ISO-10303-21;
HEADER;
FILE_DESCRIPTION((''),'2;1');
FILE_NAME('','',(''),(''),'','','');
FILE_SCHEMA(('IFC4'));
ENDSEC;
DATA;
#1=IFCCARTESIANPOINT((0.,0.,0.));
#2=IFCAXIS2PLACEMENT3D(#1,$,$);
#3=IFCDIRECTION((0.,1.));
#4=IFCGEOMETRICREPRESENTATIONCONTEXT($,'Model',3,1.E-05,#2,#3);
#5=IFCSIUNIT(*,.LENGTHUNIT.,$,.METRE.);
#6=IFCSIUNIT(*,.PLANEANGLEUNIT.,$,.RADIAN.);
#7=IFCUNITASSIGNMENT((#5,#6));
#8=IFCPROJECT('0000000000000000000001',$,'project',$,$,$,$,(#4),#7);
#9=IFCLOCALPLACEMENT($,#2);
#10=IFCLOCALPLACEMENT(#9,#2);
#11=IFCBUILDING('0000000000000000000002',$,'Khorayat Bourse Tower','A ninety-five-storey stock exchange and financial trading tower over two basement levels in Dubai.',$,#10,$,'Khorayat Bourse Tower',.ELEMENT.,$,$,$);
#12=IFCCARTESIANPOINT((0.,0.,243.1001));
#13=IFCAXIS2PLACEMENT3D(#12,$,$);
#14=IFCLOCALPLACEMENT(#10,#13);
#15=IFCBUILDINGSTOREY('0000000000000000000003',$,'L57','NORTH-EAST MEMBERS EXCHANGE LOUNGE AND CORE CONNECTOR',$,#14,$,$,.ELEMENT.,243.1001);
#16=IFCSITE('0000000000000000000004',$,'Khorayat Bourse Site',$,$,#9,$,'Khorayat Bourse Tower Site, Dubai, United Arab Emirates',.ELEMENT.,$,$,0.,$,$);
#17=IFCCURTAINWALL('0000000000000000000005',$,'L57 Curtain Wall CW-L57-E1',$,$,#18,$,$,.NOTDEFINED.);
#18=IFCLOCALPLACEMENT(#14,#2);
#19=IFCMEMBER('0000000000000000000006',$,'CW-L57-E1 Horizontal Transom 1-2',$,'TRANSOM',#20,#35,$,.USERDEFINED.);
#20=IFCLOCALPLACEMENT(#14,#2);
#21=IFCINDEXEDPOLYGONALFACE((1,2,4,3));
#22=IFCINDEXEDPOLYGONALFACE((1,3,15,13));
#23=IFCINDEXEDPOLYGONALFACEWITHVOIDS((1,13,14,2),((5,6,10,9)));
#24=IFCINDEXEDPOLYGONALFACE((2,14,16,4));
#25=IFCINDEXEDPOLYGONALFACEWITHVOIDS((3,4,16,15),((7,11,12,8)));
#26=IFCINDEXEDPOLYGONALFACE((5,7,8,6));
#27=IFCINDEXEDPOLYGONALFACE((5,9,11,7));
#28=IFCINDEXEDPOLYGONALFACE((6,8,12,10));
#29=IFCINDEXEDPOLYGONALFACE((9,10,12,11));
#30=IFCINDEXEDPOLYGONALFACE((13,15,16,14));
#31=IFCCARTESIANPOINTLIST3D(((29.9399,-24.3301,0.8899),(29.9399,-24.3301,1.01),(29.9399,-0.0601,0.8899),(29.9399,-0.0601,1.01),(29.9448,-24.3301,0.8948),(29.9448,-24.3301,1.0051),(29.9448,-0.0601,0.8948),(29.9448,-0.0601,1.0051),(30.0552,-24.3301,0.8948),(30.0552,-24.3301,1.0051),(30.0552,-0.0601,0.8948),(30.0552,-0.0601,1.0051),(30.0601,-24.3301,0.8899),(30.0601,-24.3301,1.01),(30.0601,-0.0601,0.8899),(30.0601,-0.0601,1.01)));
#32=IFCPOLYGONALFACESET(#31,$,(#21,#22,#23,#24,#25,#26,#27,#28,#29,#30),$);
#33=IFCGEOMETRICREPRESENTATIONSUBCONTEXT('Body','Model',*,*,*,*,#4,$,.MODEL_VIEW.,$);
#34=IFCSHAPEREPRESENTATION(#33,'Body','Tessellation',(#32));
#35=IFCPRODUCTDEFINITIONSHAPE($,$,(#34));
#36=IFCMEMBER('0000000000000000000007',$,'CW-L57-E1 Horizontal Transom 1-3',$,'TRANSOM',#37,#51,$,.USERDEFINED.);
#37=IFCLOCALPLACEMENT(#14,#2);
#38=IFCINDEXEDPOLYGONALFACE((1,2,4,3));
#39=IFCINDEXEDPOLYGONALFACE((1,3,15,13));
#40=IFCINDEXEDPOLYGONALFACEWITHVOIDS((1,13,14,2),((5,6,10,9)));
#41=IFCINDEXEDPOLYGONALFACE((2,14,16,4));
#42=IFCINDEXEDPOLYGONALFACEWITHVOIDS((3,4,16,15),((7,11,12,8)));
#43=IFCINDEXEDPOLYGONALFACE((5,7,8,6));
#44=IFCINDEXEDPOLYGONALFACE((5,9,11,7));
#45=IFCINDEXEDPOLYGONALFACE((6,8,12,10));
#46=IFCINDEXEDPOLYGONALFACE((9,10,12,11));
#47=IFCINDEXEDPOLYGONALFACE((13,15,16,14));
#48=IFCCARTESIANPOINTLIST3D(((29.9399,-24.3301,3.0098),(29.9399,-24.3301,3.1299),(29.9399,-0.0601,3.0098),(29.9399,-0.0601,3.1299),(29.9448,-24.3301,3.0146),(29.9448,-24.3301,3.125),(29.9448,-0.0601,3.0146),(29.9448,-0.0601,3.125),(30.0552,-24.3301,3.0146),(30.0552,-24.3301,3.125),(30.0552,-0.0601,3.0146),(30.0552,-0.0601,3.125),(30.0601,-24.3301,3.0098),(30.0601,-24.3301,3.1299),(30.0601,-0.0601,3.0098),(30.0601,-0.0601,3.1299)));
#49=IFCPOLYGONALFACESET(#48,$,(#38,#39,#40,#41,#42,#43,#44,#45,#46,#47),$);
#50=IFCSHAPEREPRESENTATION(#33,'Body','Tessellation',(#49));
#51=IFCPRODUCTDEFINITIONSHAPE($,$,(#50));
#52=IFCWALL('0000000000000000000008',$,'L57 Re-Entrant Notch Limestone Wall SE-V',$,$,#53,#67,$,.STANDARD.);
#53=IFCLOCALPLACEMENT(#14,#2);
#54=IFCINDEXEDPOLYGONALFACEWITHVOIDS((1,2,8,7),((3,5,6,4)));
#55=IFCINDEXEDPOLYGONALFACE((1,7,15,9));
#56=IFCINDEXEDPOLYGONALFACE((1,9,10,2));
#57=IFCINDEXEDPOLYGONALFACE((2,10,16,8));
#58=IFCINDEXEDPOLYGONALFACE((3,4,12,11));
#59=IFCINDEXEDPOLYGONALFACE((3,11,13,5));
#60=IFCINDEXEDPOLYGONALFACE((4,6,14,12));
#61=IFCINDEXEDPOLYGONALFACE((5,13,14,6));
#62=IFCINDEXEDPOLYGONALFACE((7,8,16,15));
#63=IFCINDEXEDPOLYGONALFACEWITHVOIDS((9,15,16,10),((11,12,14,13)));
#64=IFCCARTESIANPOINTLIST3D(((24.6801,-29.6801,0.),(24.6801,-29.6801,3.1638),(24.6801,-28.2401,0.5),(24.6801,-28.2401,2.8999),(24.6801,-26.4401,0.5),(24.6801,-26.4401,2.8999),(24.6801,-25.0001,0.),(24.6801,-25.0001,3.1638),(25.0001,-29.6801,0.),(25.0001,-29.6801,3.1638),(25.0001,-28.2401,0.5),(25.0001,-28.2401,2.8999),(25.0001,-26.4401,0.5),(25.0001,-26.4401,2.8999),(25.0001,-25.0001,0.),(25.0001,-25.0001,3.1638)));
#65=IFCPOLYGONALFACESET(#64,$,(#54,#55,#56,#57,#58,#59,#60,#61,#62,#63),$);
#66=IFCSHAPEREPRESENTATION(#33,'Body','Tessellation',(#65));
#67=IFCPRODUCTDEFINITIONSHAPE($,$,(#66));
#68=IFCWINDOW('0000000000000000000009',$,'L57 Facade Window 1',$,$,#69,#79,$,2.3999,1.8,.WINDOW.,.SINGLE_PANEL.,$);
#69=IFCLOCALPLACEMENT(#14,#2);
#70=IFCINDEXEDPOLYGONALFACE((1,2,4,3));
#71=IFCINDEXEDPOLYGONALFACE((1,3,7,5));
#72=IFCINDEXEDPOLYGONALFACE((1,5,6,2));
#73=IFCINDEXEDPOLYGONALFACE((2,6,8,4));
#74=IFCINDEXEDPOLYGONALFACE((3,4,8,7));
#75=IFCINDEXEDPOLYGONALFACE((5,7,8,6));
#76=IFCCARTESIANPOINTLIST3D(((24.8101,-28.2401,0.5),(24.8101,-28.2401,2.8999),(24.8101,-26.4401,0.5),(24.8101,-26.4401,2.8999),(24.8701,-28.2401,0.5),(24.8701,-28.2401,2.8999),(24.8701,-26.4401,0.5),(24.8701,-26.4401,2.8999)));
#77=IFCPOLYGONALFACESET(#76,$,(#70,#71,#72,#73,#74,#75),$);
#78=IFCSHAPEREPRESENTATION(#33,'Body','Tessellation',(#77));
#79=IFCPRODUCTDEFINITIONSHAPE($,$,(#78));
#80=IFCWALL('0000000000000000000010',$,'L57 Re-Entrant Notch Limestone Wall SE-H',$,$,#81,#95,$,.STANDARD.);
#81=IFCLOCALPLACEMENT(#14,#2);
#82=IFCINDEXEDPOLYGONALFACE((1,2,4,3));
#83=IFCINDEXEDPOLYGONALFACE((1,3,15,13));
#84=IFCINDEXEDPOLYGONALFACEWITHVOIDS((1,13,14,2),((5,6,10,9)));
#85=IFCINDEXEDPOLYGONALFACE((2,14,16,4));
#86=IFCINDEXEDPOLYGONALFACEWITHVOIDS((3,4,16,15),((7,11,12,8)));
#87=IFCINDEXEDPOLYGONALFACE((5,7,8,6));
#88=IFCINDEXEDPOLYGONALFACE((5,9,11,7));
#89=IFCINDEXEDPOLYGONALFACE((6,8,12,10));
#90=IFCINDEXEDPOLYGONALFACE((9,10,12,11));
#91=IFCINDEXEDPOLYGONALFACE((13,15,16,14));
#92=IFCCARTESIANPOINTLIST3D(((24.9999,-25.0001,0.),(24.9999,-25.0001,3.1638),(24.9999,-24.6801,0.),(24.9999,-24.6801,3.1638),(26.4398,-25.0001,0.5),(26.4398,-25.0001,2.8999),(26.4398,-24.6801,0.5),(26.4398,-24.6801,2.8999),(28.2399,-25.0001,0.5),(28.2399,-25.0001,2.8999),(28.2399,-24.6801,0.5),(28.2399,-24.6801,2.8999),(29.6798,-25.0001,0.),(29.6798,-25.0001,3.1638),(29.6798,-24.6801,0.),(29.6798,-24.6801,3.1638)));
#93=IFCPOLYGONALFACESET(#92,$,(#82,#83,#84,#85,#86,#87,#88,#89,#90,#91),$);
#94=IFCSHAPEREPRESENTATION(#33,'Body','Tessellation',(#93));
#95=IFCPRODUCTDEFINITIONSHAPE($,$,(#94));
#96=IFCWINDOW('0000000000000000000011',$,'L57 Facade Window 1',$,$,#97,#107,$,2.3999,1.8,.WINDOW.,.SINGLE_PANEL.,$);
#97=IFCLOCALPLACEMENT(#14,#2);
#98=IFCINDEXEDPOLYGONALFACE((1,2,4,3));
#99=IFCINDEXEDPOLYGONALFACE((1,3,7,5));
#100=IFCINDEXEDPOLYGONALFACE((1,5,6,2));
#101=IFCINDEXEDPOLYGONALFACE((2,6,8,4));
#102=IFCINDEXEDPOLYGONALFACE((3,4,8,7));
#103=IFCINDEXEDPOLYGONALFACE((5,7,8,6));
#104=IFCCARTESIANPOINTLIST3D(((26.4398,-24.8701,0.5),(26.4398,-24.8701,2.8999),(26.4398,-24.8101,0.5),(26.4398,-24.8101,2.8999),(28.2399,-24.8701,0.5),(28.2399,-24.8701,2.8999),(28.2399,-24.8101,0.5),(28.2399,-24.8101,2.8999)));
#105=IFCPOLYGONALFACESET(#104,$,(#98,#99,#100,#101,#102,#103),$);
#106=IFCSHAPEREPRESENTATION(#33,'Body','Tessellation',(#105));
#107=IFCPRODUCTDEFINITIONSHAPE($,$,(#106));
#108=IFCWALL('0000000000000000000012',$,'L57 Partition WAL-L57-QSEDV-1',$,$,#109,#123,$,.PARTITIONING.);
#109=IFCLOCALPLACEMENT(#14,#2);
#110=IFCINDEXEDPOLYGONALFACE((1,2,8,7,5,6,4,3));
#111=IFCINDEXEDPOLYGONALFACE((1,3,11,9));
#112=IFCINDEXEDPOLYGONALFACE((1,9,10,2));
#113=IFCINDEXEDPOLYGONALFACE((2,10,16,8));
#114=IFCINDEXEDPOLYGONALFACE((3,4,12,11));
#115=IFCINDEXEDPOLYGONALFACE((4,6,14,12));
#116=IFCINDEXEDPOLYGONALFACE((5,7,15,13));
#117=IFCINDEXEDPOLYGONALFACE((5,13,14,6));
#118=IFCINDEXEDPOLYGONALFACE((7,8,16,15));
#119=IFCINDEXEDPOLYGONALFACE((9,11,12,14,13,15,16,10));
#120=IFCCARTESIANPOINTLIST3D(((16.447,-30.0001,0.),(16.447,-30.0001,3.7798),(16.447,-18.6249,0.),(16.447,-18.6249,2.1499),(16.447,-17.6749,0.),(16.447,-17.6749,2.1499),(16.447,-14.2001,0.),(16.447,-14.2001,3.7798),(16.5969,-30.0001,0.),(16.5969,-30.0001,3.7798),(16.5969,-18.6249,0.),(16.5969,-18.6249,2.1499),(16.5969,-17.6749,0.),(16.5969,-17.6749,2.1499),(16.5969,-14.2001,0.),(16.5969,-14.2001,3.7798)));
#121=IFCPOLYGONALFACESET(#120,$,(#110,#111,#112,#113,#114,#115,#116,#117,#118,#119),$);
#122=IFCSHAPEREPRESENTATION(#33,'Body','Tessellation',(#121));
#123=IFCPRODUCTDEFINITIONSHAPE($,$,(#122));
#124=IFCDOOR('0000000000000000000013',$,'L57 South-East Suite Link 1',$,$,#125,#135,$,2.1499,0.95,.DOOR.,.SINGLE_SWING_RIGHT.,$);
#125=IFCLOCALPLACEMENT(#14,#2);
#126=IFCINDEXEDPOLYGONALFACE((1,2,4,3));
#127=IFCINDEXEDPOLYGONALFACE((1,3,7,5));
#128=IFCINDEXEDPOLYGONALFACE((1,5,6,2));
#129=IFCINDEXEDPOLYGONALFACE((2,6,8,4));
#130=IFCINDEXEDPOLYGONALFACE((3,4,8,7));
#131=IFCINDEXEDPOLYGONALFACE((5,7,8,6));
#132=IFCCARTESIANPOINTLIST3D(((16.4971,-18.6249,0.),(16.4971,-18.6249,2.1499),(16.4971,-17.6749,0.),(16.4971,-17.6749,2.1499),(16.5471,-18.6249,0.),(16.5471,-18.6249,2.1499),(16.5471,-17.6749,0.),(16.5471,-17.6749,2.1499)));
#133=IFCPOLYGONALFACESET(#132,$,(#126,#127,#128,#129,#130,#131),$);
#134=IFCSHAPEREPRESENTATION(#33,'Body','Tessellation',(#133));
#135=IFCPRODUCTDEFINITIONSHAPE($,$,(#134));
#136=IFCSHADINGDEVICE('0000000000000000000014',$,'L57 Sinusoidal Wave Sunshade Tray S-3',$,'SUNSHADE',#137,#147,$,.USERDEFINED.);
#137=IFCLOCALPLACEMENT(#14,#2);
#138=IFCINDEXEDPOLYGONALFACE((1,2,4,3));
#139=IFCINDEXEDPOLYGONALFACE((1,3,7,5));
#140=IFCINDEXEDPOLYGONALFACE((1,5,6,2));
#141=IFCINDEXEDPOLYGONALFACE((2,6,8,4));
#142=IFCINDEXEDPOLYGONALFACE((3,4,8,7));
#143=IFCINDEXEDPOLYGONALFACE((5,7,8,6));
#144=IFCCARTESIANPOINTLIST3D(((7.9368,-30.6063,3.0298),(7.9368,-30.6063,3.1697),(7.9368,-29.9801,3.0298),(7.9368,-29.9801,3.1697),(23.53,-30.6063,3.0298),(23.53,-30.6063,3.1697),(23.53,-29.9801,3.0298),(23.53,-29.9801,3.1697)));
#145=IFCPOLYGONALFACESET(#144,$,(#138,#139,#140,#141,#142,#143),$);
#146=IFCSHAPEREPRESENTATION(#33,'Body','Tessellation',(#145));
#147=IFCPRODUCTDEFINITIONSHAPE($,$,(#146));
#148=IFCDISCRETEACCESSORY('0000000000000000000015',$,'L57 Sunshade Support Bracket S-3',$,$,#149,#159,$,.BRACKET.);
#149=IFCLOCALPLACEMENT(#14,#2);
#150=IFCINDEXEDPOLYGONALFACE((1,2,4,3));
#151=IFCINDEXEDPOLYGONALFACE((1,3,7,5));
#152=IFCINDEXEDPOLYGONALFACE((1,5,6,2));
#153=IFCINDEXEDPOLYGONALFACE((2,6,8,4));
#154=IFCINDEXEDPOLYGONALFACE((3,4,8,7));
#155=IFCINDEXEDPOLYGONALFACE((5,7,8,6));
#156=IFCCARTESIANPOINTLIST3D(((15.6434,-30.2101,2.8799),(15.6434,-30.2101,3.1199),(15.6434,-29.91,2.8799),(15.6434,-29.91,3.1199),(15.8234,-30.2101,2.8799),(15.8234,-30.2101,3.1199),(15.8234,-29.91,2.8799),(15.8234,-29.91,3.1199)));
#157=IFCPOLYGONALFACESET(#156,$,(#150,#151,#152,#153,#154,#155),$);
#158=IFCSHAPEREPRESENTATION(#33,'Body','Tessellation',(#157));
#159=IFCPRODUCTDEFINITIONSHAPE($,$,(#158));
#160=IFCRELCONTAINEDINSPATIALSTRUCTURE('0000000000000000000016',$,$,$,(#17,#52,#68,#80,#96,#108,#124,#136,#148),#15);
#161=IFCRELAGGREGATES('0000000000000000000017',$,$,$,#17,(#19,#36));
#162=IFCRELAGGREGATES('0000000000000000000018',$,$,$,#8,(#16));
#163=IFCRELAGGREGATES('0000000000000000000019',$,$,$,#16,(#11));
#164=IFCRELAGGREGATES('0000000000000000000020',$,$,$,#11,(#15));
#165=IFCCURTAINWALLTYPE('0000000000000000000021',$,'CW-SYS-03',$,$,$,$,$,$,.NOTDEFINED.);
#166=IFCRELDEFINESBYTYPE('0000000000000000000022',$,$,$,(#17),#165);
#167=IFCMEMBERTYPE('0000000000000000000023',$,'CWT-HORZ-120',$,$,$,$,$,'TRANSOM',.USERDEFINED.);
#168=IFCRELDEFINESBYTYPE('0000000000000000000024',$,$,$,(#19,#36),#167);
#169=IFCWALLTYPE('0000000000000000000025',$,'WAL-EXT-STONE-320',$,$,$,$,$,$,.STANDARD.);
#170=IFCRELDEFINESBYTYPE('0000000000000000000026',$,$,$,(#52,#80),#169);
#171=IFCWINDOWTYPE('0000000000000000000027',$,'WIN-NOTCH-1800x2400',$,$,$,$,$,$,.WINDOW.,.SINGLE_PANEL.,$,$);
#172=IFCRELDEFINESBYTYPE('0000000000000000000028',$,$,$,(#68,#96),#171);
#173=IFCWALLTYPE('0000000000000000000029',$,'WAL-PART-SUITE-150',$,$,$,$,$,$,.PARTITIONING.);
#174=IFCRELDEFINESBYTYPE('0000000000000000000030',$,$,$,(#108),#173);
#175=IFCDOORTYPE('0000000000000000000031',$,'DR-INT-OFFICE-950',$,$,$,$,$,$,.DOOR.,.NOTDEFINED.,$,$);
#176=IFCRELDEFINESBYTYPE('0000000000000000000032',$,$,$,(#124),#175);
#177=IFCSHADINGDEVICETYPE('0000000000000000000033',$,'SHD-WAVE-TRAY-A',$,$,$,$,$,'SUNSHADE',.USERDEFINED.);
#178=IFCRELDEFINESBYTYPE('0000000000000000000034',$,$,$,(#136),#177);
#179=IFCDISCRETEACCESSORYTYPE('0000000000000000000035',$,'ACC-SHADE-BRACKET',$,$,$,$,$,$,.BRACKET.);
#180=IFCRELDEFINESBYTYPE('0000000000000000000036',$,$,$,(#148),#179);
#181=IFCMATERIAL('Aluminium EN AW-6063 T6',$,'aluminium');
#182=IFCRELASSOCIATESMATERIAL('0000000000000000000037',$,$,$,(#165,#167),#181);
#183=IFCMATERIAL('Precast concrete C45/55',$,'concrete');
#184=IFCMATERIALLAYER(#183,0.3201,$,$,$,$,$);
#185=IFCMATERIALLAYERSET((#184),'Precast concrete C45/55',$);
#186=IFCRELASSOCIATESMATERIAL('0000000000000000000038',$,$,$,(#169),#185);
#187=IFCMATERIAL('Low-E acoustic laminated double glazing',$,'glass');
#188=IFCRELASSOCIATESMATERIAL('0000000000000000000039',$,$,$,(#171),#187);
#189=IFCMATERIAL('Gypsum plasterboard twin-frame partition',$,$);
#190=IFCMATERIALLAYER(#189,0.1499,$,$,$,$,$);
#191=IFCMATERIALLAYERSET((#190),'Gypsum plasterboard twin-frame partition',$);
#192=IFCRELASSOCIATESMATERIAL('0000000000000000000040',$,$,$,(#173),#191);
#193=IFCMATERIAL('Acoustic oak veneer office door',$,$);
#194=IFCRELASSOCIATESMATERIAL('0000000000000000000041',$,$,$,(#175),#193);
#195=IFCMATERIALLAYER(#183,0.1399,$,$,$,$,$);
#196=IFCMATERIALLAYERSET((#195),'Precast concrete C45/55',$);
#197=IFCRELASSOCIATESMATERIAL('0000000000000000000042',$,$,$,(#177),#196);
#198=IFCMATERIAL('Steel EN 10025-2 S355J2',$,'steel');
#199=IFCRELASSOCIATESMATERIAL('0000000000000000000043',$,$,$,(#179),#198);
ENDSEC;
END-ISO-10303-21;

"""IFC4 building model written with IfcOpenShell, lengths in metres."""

from ifc_helpers import new_model, si_unit, direction, frame, frame_2d, origin, origin_2d, place, context, subcontext, project, spatial, rectangle, hollow_rectangle, extrude, source, transform, mapped, material, layer, layer_set, material_profile, profile_set, type_object, element, fill, aggregate, save


model = new_model("IFC4")

# Units and contexts
model_context = context("Model", 3, precision=1e-05, world=origin(), true_north=direction((0.0, 1.0)))
body_context = subcontext(model_context, "Body", "Model", "MODEL_VIEW")
ifc_project = project(units=[si_unit("LENGTHUNIT", "METRE"), si_unit("PLANEANGLEUNIT", "RADIAN")], contexts=[model_context])

# Site, building, storey
site_placement = place(None, origin())
site = spatial("IfcSite", under=ifc_project, at=site_placement, Name="Khorayat Bourse Site", LongName="Khorayat Bourse Tower Site, Dubai, United Arab Emirates", CompositionType="ELEMENT", RefElevation=0.0)
building_placement = place(site_placement, origin())
building = spatial("IfcBuilding", under=site, at=building_placement, Name="Khorayat Bourse Tower", Description="A ninety-five-storey stock exchange and financial trading tower over two basement levels in Dubai.", LongName="Khorayat Bourse Tower", CompositionType="ELEMENT")
storey_placement = place(building_placement, frame((0.0, 0.0, 243.1001)))
storey = spatial("IfcBuildingStorey", under=building, at=storey_placement, Name="L57", Description="NORTH-EAST MEMBERS EXCHANGE LOUNGE AND CORE CONNECTOR", CompositionType="ELEMENT", Elevation=243.1001)

# Curtain wall
ifc_material_1 = material(Name="Aluminium EN AW-6063 T6", Category="aluminium")
curtain_wall_type = type_object("IfcCurtainWallType", Name="CW-SYS-03", PredefinedType="NOTDEFINED", material=ifc_material_1)
curtain_wall_1_placement = place(storey_placement, origin())
curtain_wall_1 = element("IfcCurtainWall", 1, at=curtain_wall_1_placement, inside=storey, type_object=curtain_wall_type, Name="L57 Curtain Wall CW-L57-E1", PredefinedType="NOTDEFINED")

# Members
ifc_material_profile_1 = material_profile(ifc_material_1, hollow_rectangle(XDim=0.1201, YDim=0.1201, WallThickness=0.0049, at=origin_2d()), Name="ALU 120x120x5")
ifc_profile_set_1 = profile_set([ifc_material_profile_1], Name="Aluminium EN AW-6063 T6")
member_type_1 = type_object("IfcMemberType", Name="CWT-HORZ-120", ElementType="TRANSOM", PredefinedType="USERDEFINED", material=ifc_profile_set_1)
shared_shape_1 = source(origin(), body_context, "Body", "SweptSolid", [
    extrude(hollow_rectangle(XDim=0.1201, YDim=0.1201, WallThickness=0.0049, at=origin_2d()), origin(), (0.0, 0.0, 1.0), 24.27),
])
member_1_placement = place(storey_placement, frame((30.0, -24.3301, 0.95), z_axis=(0.0, 1.0, 0.0), x_axis=(-1.0, 0.0, 0.0)))
member_1 = element("IfcMember", 2, at=member_1_placement, type_object=member_type_1, Name="CW-L57-E1 Horizontal Transom 1-2", ObjectType="TRANSOM", PredefinedType="USERDEFINED", context=body_context, shape_type="MappedRepresentation", body=[
    mapped(shared_shape_1, transform((0.0, 0.0, 0.0), scale=1.0)),
])
member_2_placement = place(storey_placement, frame((30.0, -24.3301, 3.0698), z_axis=(0.0, 1.0, 0.0), x_axis=(-1.0, 0.0, 0.0)))
member_2 = element("IfcMember", 3, at=member_2_placement, type_object=member_type_1, Name="CW-L57-E1 Horizontal Transom 1-3", ObjectType="TRANSOM", PredefinedType="USERDEFINED", context=body_context, shape_type="MappedRepresentation", body=[
    mapped(shared_shape_1, transform((0.0, 0.0, 0.0), scale=1.0)),
])
aggregate(curtain_wall_1, [member_1, member_2])

# Walls, openings, windows
ifc_material_2 = material(Name="Precast concrete C45/55", Category="concrete")
ifc_layer_1 = layer(ifc_material_2, 0.3201)
ifc_layer_set_1 = layer_set([ifc_layer_1], Name="Precast concrete C45/55")
wall_type_1 = type_object("IfcWallType", Name="WAL-EXT-STONE-320", PredefinedType="STANDARD", material=ifc_layer_set_1)
shared_shape_2 = source(origin(), body_context, "Body", "SweptSolid", [
    extrude(rectangle(XDim=4.6799, YDim=0.3201, at=frame_2d((2.3398, 0.0))), origin(), (0.0, 0.0, 1.0), 3.1638),
])
wall_1_placement = place(storey_placement, frame((24.8401, -29.6799, 0.0), z_axis=(0.0, 0.0, 1.0), x_axis=(0.0, 1.0, 0.0)))
wall_1 = element("IfcWall", 4, at=wall_1_placement, inside=storey, type_object=wall_type_1, Name="L57 Re-Entrant Notch Limestone Wall SE-V", PredefinedType="STANDARD", context=body_context, shape_type="MappedRepresentation", body=[
    mapped(shared_shape_2, transform((0.0, 0.0, 0.0), scale=1.0)),
])
shared_shape_3 = source(origin(), body_context, "Body", "SweptSolid", [
    extrude(rectangle(XDim=1.8, YDim=2.3999, at=frame_2d((0.8999, 1.2))), frame((0.0, 0.1699, 0.0), z_axis=(0.0, -1.0, 0.0), x_axis=(1.0, 0.0, 0.0)), (0.0, 0.0, 1.0), 0.3401),
])
opening_1_placement = place(wall_1_placement, frame((1.4399, 0.0, 0.5)))
opening_1 = element("IfcOpeningElement", 5, at=opening_1_placement, cuts=wall_1, PredefinedType="OPENING", context=body_context, shape_type="MappedRepresentation", body=[
    mapped(shared_shape_3, transform((0.0, 0.0, 0.0), scale=1.0)),
])
ifc_material_3 = material(Name="Low-E acoustic laminated double glazing", Category="glass")
window_type = type_object("IfcWindowType", Name="WIN-NOTCH-1800x2400", PartitioningType="SINGLE_PANEL", PredefinedType="WINDOW", material=ifc_material_3)
shared_shape_4 = source(origin(), body_context, "Body", "SweptSolid", [
    extrude(rectangle(XDim=1.8, YDim=2.3999, at=frame_2d((0.8999, 1.2))), frame((0.0, 0.03, 0.0), z_axis=(0.0, -1.0, 0.0), x_axis=(1.0, 0.0, 0.0)), (0.0, 0.0, 1.0), 0.0601),
])
window_1_placement = place(opening_1_placement, origin())
window_1 = element("IfcWindow", 6, at=window_1_placement, inside=storey, type_object=window_type, Name="L57 Facade Window 1", OverallHeight=2.3999, OverallWidth=1.8, PartitioningType="SINGLE_PANEL", PredefinedType="WINDOW", context=body_context, shape_type="MappedRepresentation", body=[
    mapped(shared_shape_4, transform((0.0, 0.0, 0.0), scale=1.0)),
])
fill(opening_1, window_1)
wall_2_placement = place(storey_placement, frame((25.0, -24.8401, 0.0), z_axis=(0.0, 0.0, 1.0), x_axis=(1.0, 0.0, 0.0)))
wall_2 = element("IfcWall", 7, at=wall_2_placement, inside=storey, type_object=wall_type_1, Name="L57 Re-Entrant Notch Limestone Wall SE-H", PredefinedType="STANDARD", context=body_context, shape_type="MappedRepresentation", body=[
    mapped(shared_shape_2, transform((0.0, 0.0, 0.0), scale=1.0)),
])
opening_2_placement = place(wall_2_placement, frame((1.4399, 0.0, 0.5)))
opening_2 = element("IfcOpeningElement", 8, at=opening_2_placement, cuts=wall_2, PredefinedType="OPENING", context=body_context, shape_type="MappedRepresentation", body=[
    mapped(shared_shape_3, transform((0.0, 0.0, 0.0), scale=1.0)),
])
window_2_placement = place(opening_2_placement, origin())
window_2 = element("IfcWindow", 9, at=window_2_placement, inside=storey, type_object=window_type, Name="L57 Facade Window 1", OverallHeight=2.3999, OverallWidth=1.8, PartitioningType="SINGLE_PANEL", PredefinedType="WINDOW", context=body_context, shape_type="MappedRepresentation", body=[
    mapped(shared_shape_4, transform((0.0, 0.0, 0.0), scale=1.0)),
])
fill(opening_2, window_2)

# Wall, opening, door
ifc_material_4 = material(Name="Gypsum plasterboard twin-frame partition")
ifc_layer_2 = layer(ifc_material_4, 0.1499)
ifc_layer_set_2 = layer_set([ifc_layer_2], Name="Gypsum plasterboard twin-frame partition")
wall_type_2 = type_object("IfcWallType", Name="WAL-PART-SUITE-150", PredefinedType="PARTITIONING", material=ifc_layer_set_2)
shared_shape_5 = source(origin(), body_context, "Body", "SweptSolid", [
    extrude(rectangle(XDim=15.8, YDim=0.1499, at=frame_2d((7.8999, 0.0))), origin(), (0.0, 0.0, 1.0), 3.7798),
])
wall_3_placement = place(storey_placement, frame((16.522, -30.0, 0.0), z_axis=(0.0, 0.0, 1.0), x_axis=(0.0, 1.0, 0.0)))
wall_3 = element("IfcWall", 10, at=wall_3_placement, inside=storey, type_object=wall_type_2, Name="L57 Partition WAL-L57-QSEDV-1", PredefinedType="PARTITIONING", context=body_context, shape_type="MappedRepresentation", body=[
    mapped(shared_shape_5, transform((0.0, 0.0, 0.0), scale=1.0)),
])
shared_shape_6 = source(origin(), body_context, "Body", "SweptSolid", [
    extrude(rectangle(XDim=0.95, YDim=2.1499, at=frame_2d((0.4751, 1.075))), frame((0.0, 0.085, 0.0), z_axis=(0.0, -1.0, 0.0), x_axis=(1.0, 0.0, 0.0)), (0.0, 0.0, 1.0), 0.1699),
])
opening_3_placement = place(wall_3_placement, frame((11.375, 0.0, 0.0)))
opening_3 = element("IfcOpeningElement", 11, at=opening_3_placement, cuts=wall_3, PredefinedType="OPENING", context=body_context, shape_type="MappedRepresentation", body=[
    mapped(shared_shape_6, transform((0.0, 0.0, 0.0), scale=1.0)),
])
ifc_material_5 = material(Name="Acoustic oak veneer office door")
door_type = type_object("IfcDoorType", Name="DR-INT-OFFICE-950", OperationType="NOTDEFINED", PredefinedType="DOOR", material=ifc_material_5)
shared_shape_7 = source(origin(), body_context, "Body", "SweptSolid", [
    extrude(rectangle(XDim=0.95, YDim=2.1499, at=frame_2d((0.4751, 1.075))), frame((0.0, 0.0249, 0.0), z_axis=(0.0, -1.0, 0.0), x_axis=(1.0, 0.0, 0.0)), (0.0, 0.0, 1.0), 0.05),
])
door_placement = place(opening_3_placement, origin())
door = element("IfcDoor", 12, at=door_placement, inside=storey, type_object=door_type, Name="L57 South-East Suite Link 1", OperationType="SINGLE_SWING_RIGHT", OverallHeight=2.1499, OverallWidth=0.95, PredefinedType="DOOR", context=body_context, shape_type="MappedRepresentation", body=[
    mapped(shared_shape_7, transform((0.0, 0.0, 0.0), scale=1.0)),
])
fill(opening_3, door)

# Shading device
ifc_layer_3 = layer(ifc_material_2, 0.1399)
ifc_layer_set_3 = layer_set([ifc_layer_3], Name="Precast concrete C45/55")
shading_device_type = type_object("IfcShadingDeviceType", Name="SHD-WAVE-TRAY-A", ElementType="SUNSHADE", PredefinedType="USERDEFINED", material=ifc_layer_set_3)
shared_shape_8 = source(origin(), body_context, "Body", "SweptSolid", [
    extrude(rectangle(XDim=15.5933, YDim=0.6262, at=origin_2d()), origin(), (0.0, 0.0, 1.0), 0.1399),
])
shading_device_placement = place(storey_placement, frame((15.7334, -30.2932, 3.0298), z_axis=(0.0, 0.0, 1.0), x_axis=(1.0, 0.0, 0.0)))
element("IfcShadingDevice", 13, at=shading_device_placement, inside=storey, type_object=shading_device_type, Name="L57 Sinusoidal Wave Sunshade Tray S-3", ObjectType="SUNSHADE", PredefinedType="USERDEFINED", context=body_context, shape_type="MappedRepresentation", body=[
    mapped(shared_shape_8, transform((0.0, 0.0, 0.0), scale=1.0)),
])

# Discrete accessory
ifc_material_6 = material(Name="Steel EN 10025-2 S355J2", Category="steel")
discrete_accessory_type = type_object("IfcDiscreteAccessoryType", Name="ACC-SHADE-BRACKET", PredefinedType="BRACKET", material=ifc_material_6)
shared_shape_9 = source(origin(), body_context, "Body", "SweptSolid", [
    extrude(rectangle(XDim=0.1799, YDim=0.3, at=origin_2d()), origin(), (0.0, 0.0, 1.0), 0.24),
])
discrete_accessory_placement = place(storey_placement, frame((15.7334, -30.0601, 2.8799), z_axis=(0.0, 0.0, 1.0), x_axis=(1.0, 0.0, 0.0)))
element("IfcDiscreteAccessory", 14, at=discrete_accessory_placement, inside=storey, type_object=discrete_accessory_type, Name="L57 Sunshade Support Bracket S-3", PredefinedType="BRACKET", context=body_context, shape_type="MappedRepresentation", body=[
    mapped(shared_shape_9, transform((0.0, 0.0, 0.0), scale=1.0)),
])

save(model, "model.ifc")
